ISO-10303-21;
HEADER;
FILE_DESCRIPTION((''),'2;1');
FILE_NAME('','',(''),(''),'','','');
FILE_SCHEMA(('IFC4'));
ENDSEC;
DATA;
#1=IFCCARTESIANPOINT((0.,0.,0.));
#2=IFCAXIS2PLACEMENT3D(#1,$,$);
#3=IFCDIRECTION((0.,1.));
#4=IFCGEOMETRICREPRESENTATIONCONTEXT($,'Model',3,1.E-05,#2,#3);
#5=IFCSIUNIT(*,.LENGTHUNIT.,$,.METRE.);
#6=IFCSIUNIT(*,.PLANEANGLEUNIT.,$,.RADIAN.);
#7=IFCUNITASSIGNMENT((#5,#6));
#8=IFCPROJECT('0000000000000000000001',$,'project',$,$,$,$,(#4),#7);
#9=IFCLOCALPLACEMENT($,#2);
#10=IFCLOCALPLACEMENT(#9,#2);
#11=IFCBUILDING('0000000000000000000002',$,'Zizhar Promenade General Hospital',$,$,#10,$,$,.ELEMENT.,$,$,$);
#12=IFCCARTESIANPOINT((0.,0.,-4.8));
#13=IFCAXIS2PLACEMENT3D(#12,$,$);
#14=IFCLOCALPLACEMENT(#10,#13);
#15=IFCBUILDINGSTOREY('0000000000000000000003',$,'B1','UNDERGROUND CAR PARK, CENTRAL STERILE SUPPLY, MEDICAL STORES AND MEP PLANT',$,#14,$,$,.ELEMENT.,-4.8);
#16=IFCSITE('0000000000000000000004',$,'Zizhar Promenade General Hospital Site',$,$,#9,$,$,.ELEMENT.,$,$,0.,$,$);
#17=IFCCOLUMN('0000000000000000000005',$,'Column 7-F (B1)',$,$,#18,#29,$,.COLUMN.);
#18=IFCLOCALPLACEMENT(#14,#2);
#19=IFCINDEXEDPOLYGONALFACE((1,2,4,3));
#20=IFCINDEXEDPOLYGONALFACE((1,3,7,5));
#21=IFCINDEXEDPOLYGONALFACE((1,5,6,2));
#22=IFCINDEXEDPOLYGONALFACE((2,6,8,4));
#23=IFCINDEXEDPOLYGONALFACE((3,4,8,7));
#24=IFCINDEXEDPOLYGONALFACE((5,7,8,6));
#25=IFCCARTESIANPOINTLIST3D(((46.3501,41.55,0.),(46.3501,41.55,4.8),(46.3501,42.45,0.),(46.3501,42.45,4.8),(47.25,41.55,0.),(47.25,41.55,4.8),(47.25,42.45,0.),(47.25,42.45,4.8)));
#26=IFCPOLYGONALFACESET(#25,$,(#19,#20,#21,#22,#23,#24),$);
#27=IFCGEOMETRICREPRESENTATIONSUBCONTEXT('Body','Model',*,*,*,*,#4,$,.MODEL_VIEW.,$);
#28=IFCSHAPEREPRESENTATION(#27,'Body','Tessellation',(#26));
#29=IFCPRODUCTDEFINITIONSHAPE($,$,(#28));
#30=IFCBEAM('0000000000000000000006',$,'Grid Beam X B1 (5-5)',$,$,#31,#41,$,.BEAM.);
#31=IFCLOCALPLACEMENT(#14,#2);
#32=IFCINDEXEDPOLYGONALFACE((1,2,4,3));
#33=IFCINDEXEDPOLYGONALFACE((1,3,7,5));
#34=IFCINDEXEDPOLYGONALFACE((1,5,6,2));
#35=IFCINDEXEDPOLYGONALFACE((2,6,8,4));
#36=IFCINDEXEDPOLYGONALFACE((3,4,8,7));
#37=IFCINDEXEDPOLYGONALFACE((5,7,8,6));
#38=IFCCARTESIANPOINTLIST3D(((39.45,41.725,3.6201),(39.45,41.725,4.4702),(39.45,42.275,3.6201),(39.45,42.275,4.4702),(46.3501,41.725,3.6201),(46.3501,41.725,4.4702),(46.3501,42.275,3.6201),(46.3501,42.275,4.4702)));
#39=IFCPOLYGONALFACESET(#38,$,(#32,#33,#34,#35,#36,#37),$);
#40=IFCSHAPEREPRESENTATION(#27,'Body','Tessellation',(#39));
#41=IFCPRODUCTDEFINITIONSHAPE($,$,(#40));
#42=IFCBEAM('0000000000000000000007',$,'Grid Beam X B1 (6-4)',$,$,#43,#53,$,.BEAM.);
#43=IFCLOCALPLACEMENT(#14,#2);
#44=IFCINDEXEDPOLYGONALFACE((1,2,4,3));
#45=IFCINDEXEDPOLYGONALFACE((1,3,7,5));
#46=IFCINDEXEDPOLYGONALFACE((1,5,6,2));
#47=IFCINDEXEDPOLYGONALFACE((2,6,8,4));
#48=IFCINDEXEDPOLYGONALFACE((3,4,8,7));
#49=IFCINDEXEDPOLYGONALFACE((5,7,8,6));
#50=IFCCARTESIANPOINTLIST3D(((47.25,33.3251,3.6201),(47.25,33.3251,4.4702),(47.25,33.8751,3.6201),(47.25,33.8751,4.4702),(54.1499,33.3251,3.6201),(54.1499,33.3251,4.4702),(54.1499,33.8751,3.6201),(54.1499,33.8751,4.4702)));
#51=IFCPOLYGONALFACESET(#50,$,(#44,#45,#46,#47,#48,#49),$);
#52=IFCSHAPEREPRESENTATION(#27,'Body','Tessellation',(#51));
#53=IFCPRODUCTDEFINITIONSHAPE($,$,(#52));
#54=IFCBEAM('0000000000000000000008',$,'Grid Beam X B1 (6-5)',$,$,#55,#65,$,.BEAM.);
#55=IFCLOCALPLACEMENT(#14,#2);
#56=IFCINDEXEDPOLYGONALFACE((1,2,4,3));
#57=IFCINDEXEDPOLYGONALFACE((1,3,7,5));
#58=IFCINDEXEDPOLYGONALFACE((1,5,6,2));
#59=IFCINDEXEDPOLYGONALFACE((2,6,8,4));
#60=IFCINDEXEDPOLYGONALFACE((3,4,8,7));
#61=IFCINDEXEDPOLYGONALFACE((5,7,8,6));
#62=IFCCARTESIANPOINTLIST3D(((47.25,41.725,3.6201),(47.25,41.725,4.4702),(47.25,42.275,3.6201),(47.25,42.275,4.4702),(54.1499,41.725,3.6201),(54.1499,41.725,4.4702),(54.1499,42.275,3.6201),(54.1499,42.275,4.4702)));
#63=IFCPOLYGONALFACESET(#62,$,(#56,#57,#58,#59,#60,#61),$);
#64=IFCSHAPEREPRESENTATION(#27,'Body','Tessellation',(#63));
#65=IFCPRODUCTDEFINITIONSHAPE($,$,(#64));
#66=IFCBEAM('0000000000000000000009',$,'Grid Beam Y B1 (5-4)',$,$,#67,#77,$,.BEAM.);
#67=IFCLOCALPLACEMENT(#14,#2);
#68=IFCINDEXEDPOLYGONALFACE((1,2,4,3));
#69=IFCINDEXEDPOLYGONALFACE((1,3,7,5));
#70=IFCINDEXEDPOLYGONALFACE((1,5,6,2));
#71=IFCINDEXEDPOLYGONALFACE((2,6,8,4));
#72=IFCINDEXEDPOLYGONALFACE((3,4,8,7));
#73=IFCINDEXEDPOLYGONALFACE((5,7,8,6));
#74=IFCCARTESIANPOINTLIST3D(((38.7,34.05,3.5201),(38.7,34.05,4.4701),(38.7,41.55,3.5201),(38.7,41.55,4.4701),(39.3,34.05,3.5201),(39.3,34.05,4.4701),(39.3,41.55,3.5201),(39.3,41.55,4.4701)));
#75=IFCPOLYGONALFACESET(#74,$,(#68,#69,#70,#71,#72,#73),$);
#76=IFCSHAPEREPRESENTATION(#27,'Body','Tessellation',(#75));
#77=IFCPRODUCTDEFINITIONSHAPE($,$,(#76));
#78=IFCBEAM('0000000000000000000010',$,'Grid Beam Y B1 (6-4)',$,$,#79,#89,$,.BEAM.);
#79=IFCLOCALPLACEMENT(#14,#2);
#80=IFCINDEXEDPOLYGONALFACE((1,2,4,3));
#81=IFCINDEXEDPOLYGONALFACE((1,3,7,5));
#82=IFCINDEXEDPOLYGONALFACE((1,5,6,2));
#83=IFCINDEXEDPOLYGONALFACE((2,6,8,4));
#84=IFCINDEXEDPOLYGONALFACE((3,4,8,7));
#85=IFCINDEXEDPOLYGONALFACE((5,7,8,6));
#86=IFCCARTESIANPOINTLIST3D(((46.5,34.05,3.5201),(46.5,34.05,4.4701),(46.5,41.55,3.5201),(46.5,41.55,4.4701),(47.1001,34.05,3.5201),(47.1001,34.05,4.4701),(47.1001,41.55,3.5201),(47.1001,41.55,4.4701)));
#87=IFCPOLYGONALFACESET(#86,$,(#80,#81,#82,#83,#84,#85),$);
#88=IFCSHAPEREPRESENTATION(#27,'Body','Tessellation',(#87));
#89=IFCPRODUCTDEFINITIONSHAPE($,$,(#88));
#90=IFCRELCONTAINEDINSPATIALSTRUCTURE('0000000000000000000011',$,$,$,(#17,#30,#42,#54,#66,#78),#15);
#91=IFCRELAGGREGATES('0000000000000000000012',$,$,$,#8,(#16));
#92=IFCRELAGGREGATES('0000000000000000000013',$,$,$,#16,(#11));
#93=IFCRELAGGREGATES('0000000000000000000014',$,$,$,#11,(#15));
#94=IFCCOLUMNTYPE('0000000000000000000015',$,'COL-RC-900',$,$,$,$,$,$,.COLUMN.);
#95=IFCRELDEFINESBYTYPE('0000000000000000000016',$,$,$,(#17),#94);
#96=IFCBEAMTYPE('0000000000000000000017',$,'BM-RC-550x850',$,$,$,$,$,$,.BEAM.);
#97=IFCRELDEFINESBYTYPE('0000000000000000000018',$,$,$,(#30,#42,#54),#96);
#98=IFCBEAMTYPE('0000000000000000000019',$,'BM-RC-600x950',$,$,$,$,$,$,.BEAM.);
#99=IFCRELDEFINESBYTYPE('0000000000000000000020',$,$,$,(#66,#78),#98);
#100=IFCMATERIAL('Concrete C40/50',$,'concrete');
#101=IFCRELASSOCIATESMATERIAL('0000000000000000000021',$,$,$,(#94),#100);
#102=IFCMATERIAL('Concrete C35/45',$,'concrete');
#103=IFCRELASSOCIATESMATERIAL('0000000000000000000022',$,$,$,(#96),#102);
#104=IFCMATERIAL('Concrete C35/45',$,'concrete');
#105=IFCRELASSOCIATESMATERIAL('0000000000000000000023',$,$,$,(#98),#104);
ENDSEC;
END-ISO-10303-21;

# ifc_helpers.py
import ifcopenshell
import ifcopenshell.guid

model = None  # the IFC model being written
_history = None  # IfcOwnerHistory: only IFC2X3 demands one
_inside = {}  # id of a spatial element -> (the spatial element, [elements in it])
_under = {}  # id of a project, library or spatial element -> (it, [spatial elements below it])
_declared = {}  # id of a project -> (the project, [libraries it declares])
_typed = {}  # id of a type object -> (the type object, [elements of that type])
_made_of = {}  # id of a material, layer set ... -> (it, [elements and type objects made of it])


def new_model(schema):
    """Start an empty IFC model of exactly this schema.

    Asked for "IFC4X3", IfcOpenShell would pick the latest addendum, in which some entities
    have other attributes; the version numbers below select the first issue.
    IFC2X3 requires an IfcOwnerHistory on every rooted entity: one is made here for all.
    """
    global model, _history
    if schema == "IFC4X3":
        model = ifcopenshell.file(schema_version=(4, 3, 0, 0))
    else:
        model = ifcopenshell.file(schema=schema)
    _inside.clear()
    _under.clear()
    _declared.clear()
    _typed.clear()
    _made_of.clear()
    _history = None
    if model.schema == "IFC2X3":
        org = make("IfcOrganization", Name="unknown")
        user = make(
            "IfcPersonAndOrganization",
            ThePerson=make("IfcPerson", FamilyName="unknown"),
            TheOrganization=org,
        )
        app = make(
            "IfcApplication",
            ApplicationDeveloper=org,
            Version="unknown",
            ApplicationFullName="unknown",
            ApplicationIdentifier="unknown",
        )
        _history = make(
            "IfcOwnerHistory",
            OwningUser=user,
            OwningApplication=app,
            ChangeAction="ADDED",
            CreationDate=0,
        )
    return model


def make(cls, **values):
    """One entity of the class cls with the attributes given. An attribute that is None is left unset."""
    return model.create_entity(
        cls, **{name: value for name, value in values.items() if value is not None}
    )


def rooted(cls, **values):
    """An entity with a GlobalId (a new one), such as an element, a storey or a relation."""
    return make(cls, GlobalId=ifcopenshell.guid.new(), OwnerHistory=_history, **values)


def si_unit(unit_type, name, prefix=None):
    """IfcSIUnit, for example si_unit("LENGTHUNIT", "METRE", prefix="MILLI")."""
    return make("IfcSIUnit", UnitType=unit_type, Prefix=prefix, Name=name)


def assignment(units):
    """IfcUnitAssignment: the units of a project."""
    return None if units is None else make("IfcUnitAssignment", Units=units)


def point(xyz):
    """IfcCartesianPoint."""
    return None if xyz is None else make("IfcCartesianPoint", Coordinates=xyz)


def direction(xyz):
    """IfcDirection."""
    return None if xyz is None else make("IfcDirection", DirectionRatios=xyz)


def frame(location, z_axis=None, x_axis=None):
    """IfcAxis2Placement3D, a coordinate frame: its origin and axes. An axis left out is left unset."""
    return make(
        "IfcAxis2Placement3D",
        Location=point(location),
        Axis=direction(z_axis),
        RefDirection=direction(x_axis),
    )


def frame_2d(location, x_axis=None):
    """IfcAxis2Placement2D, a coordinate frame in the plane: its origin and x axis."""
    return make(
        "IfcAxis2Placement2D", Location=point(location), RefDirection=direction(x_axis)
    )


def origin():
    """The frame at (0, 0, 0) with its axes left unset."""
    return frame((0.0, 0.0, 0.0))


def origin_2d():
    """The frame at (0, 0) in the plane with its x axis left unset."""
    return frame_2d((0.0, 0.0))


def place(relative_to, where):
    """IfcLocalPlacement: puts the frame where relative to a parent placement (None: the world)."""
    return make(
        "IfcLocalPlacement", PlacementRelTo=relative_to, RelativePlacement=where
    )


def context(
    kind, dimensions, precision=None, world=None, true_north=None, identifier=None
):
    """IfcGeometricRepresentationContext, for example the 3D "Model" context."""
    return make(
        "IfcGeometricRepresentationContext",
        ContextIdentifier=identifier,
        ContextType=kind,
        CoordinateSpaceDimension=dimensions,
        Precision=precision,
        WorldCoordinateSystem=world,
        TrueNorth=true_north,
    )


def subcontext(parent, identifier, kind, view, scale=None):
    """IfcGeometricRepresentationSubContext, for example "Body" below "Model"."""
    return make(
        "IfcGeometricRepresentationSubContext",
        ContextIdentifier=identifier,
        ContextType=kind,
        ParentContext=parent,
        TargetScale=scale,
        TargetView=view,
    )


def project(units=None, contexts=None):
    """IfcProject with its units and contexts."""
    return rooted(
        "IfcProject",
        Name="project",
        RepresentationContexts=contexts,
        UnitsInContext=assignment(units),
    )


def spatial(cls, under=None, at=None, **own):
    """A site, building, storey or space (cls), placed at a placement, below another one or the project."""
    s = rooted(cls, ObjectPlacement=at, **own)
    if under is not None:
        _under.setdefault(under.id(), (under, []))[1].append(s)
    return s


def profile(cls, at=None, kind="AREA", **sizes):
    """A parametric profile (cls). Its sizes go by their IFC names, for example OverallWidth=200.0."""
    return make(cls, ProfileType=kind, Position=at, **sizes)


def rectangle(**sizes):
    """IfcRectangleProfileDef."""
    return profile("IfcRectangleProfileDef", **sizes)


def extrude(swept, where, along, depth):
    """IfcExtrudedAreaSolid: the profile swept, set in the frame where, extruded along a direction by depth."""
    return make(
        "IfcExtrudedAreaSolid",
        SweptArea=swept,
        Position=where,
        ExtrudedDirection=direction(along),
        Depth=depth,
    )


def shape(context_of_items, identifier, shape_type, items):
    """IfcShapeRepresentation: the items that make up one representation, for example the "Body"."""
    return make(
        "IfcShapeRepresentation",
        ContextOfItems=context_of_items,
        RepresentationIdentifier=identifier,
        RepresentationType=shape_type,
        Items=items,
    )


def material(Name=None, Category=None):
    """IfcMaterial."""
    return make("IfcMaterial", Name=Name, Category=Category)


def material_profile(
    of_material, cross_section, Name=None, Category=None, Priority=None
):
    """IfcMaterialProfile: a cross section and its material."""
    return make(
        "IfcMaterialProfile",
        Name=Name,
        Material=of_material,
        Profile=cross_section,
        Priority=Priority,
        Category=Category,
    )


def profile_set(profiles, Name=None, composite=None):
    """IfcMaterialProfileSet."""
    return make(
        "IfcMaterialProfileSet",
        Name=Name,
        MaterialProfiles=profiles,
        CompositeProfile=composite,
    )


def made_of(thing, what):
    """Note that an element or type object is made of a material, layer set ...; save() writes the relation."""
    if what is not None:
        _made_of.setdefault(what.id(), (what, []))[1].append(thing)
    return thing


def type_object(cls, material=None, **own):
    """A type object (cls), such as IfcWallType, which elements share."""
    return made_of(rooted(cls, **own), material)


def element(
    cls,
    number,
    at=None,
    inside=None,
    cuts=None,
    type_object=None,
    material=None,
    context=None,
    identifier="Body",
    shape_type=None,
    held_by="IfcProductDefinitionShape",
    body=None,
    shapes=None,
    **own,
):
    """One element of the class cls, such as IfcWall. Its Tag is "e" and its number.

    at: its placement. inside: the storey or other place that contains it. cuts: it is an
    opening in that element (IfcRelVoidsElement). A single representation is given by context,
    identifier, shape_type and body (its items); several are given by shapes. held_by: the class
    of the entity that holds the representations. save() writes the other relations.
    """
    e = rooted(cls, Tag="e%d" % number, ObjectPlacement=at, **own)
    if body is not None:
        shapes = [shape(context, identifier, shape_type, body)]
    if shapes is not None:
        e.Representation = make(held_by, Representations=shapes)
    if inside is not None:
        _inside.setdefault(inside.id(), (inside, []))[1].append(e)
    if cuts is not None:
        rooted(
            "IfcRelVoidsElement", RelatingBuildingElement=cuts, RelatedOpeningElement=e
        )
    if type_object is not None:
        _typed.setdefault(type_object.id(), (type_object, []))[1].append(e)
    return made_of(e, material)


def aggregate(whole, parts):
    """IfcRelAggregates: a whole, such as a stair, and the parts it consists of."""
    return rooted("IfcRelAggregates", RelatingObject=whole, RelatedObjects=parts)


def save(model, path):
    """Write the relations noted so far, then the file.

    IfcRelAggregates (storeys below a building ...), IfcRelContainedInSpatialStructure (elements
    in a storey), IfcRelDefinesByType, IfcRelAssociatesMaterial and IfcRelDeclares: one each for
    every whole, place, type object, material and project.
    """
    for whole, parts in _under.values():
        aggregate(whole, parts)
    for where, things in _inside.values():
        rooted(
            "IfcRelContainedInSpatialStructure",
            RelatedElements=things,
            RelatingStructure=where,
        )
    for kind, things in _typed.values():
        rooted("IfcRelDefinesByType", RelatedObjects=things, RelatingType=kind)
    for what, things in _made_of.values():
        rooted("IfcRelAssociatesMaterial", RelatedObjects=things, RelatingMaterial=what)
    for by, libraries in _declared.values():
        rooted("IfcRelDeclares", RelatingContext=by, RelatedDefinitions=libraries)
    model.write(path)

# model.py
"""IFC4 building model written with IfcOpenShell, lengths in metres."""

from ifc_helpers import new_model, si_unit, direction, frame, origin, origin_2d, place, context, subcontext, project, spatial, rectangle, extrude, material, material_profile, profile_set, type_object, element, save


model = new_model("IFC4")

# Units and contexts
model_context = context("Model", 3, precision=1e-05, world=origin(), true_north=direction((0.0, 1.0)))
body_context = subcontext(model_context, "Body", "Model", "MODEL_VIEW")
ifc_project = project(units=[si_unit("LENGTHUNIT", "METRE"), si_unit("PLANEANGLEUNIT", "RADIAN")], contexts=[model_context])

# Site, building, storey
site_placement = place(None, origin())
site = spatial("IfcSite", under=ifc_project, at=site_placement, Name="Zizhar Promenade General Hospital Site", CompositionType="ELEMENT", RefElevation=0.0)
building_placement = place(site_placement, origin())
building = spatial("IfcBuilding", under=site, at=building_placement, Name="Zizhar Promenade General Hospital", CompositionType="ELEMENT")
storey_placement = place(building_placement, frame((0.0, 0.0, -4.8)))
storey = spatial("IfcBuildingStorey", under=building, at=storey_placement, Name="B1", Description="UNDERGROUND CAR PARK, CENTRAL STERILE SUPPLY, MEDICAL STORES AND MEP PLANT", CompositionType="ELEMENT", Elevation=-4.8)

# Column
ifc_material_1 = material(Name="Concrete C40/50", Category="concrete")
ifc_material_profile_1 = material_profile(ifc_material_1, rectangle(XDim=0.8999, YDim=0.8999, at=origin_2d()))
ifc_profile_set_1 = profile_set([ifc_material_profile_1], Name="Concrete C40/50")
column_type = type_object("IfcColumnType", Name="COL-RC-900", PredefinedType="COLUMN", material=ifc_profile_set_1)
for number, where, z_axis, x_axis, name in (
    (1, (46.8, 42.0, 0.0), (0.0, 0.0, 1.0), (1.0, 0.0, 0.0), "Column 7-F (B1)"),
):
    element("IfcColumn", number, at=place(storey_placement, frame(where, z_axis=z_axis, x_axis=x_axis)), inside=storey, type_object=column_type, Name=name, PredefinedType="COLUMN", context=body_context, shape_type="SweptSolid", body=[
        extrude(rectangle(XDim=0.8999, YDim=0.8999, at=origin_2d()), origin(), (0.0, 0.0, 1.0), 4.8),
    ])

# Beams
ifc_material_2 = material(Name="Concrete C35/45", Category="concrete")
ifc_material_profile_2 = material_profile(ifc_material_2, rectangle(XDim=0.55, YDim=0.8501, at=origin_2d()))
ifc_profile_set_2 = profile_set([ifc_material_profile_2], Name="Concrete C35/45")
beam_type_1 = type_object("IfcBeamType", Name="BM-RC-550x850", PredefinedType="BEAM", material=ifc_profile_set_2)
beam_placement = place(storey_placement, frame((39.45, 42.0, 4.0452), z_axis=(1.0, 0.0, 0.0), x_axis=(0.0, 1.0, 0.0)))
element("IfcBeam", 2, at=beam_placement, inside=storey, type_object=beam_type_1, Name="Grid Beam X B1 (5-5)", PredefinedType="BEAM", context=body_context, shape_type="SweptSolid", body=[
    extrude(rectangle(XDim=0.55, YDim=0.8501, at=origin_2d()), origin(), (0.0, 0.0, 1.0), 6.9001),
])
for number, where, z_axis, x_axis, name in (
    (3, (47.25, 33.6001, 4.0452), (1.0, 0.0, 0.0), (0.0, 1.0, 0.0), "Grid Beam X B1 (6-4)"),
    (4, (47.25, 42.0, 4.0452), (1.0, 0.0, 0.0), (0.0, 1.0, 0.0), "Grid Beam X B1 (6-5)"),
):
    element("IfcBeam", number, at=place(storey_placement, frame(where, z_axis=z_axis, x_axis=x_axis)), inside=storey, type_object=beam_type_1, Name=name, PredefinedType="BEAM", context=body_context, shape_type="SweptSolid", body=[
        extrude(rectangle(XDim=0.55, YDim=0.8501, at=origin_2d()), origin(), (0.0, 0.0, 1.0), 6.8999),
    ])
ifc_material_3 = material(Name="Concrete C35/45", Category="concrete")
ifc_material_profile_3 = material_profile(ifc_material_3, rectangle(XDim=0.6001, YDim=0.95, at=origin_2d()))
ifc_profile_set_3 = profile_set([ifc_material_profile_3], Name="Concrete C35/45")
beam_type_2 = type_object("IfcBeamType", Name="BM-RC-600x950", PredefinedType="BEAM", material=ifc_profile_set_3)
for number, where, z_axis, x_axis, name in (
    (5, (39.0, 34.05, 3.9951), (0.0, 1.0, 0.0), (-1.0, 0.0, 0.0), "Grid Beam Y B1 (5-4)"),
    (6, (46.8, 34.05, 3.9951), (0.0, 1.0, 0.0), (-1.0, 0.0, 0.0), "Grid Beam Y B1 (6-4)"),
):
    element("IfcBeam", number, at=place(storey_placement, frame(where, z_axis=z_axis, x_axis=x_axis)), inside=storey, type_object=beam_type_2, Name=name, PredefinedType="BEAM", context=body_context, shape_type="SweptSolid", body=[
        extrude(rectangle(XDim=0.6001, YDim=0.95, at=origin_2d()), origin(), (0.0, 0.0, 1.0), 7.5),
    ])

save(model, "model.ifc")
